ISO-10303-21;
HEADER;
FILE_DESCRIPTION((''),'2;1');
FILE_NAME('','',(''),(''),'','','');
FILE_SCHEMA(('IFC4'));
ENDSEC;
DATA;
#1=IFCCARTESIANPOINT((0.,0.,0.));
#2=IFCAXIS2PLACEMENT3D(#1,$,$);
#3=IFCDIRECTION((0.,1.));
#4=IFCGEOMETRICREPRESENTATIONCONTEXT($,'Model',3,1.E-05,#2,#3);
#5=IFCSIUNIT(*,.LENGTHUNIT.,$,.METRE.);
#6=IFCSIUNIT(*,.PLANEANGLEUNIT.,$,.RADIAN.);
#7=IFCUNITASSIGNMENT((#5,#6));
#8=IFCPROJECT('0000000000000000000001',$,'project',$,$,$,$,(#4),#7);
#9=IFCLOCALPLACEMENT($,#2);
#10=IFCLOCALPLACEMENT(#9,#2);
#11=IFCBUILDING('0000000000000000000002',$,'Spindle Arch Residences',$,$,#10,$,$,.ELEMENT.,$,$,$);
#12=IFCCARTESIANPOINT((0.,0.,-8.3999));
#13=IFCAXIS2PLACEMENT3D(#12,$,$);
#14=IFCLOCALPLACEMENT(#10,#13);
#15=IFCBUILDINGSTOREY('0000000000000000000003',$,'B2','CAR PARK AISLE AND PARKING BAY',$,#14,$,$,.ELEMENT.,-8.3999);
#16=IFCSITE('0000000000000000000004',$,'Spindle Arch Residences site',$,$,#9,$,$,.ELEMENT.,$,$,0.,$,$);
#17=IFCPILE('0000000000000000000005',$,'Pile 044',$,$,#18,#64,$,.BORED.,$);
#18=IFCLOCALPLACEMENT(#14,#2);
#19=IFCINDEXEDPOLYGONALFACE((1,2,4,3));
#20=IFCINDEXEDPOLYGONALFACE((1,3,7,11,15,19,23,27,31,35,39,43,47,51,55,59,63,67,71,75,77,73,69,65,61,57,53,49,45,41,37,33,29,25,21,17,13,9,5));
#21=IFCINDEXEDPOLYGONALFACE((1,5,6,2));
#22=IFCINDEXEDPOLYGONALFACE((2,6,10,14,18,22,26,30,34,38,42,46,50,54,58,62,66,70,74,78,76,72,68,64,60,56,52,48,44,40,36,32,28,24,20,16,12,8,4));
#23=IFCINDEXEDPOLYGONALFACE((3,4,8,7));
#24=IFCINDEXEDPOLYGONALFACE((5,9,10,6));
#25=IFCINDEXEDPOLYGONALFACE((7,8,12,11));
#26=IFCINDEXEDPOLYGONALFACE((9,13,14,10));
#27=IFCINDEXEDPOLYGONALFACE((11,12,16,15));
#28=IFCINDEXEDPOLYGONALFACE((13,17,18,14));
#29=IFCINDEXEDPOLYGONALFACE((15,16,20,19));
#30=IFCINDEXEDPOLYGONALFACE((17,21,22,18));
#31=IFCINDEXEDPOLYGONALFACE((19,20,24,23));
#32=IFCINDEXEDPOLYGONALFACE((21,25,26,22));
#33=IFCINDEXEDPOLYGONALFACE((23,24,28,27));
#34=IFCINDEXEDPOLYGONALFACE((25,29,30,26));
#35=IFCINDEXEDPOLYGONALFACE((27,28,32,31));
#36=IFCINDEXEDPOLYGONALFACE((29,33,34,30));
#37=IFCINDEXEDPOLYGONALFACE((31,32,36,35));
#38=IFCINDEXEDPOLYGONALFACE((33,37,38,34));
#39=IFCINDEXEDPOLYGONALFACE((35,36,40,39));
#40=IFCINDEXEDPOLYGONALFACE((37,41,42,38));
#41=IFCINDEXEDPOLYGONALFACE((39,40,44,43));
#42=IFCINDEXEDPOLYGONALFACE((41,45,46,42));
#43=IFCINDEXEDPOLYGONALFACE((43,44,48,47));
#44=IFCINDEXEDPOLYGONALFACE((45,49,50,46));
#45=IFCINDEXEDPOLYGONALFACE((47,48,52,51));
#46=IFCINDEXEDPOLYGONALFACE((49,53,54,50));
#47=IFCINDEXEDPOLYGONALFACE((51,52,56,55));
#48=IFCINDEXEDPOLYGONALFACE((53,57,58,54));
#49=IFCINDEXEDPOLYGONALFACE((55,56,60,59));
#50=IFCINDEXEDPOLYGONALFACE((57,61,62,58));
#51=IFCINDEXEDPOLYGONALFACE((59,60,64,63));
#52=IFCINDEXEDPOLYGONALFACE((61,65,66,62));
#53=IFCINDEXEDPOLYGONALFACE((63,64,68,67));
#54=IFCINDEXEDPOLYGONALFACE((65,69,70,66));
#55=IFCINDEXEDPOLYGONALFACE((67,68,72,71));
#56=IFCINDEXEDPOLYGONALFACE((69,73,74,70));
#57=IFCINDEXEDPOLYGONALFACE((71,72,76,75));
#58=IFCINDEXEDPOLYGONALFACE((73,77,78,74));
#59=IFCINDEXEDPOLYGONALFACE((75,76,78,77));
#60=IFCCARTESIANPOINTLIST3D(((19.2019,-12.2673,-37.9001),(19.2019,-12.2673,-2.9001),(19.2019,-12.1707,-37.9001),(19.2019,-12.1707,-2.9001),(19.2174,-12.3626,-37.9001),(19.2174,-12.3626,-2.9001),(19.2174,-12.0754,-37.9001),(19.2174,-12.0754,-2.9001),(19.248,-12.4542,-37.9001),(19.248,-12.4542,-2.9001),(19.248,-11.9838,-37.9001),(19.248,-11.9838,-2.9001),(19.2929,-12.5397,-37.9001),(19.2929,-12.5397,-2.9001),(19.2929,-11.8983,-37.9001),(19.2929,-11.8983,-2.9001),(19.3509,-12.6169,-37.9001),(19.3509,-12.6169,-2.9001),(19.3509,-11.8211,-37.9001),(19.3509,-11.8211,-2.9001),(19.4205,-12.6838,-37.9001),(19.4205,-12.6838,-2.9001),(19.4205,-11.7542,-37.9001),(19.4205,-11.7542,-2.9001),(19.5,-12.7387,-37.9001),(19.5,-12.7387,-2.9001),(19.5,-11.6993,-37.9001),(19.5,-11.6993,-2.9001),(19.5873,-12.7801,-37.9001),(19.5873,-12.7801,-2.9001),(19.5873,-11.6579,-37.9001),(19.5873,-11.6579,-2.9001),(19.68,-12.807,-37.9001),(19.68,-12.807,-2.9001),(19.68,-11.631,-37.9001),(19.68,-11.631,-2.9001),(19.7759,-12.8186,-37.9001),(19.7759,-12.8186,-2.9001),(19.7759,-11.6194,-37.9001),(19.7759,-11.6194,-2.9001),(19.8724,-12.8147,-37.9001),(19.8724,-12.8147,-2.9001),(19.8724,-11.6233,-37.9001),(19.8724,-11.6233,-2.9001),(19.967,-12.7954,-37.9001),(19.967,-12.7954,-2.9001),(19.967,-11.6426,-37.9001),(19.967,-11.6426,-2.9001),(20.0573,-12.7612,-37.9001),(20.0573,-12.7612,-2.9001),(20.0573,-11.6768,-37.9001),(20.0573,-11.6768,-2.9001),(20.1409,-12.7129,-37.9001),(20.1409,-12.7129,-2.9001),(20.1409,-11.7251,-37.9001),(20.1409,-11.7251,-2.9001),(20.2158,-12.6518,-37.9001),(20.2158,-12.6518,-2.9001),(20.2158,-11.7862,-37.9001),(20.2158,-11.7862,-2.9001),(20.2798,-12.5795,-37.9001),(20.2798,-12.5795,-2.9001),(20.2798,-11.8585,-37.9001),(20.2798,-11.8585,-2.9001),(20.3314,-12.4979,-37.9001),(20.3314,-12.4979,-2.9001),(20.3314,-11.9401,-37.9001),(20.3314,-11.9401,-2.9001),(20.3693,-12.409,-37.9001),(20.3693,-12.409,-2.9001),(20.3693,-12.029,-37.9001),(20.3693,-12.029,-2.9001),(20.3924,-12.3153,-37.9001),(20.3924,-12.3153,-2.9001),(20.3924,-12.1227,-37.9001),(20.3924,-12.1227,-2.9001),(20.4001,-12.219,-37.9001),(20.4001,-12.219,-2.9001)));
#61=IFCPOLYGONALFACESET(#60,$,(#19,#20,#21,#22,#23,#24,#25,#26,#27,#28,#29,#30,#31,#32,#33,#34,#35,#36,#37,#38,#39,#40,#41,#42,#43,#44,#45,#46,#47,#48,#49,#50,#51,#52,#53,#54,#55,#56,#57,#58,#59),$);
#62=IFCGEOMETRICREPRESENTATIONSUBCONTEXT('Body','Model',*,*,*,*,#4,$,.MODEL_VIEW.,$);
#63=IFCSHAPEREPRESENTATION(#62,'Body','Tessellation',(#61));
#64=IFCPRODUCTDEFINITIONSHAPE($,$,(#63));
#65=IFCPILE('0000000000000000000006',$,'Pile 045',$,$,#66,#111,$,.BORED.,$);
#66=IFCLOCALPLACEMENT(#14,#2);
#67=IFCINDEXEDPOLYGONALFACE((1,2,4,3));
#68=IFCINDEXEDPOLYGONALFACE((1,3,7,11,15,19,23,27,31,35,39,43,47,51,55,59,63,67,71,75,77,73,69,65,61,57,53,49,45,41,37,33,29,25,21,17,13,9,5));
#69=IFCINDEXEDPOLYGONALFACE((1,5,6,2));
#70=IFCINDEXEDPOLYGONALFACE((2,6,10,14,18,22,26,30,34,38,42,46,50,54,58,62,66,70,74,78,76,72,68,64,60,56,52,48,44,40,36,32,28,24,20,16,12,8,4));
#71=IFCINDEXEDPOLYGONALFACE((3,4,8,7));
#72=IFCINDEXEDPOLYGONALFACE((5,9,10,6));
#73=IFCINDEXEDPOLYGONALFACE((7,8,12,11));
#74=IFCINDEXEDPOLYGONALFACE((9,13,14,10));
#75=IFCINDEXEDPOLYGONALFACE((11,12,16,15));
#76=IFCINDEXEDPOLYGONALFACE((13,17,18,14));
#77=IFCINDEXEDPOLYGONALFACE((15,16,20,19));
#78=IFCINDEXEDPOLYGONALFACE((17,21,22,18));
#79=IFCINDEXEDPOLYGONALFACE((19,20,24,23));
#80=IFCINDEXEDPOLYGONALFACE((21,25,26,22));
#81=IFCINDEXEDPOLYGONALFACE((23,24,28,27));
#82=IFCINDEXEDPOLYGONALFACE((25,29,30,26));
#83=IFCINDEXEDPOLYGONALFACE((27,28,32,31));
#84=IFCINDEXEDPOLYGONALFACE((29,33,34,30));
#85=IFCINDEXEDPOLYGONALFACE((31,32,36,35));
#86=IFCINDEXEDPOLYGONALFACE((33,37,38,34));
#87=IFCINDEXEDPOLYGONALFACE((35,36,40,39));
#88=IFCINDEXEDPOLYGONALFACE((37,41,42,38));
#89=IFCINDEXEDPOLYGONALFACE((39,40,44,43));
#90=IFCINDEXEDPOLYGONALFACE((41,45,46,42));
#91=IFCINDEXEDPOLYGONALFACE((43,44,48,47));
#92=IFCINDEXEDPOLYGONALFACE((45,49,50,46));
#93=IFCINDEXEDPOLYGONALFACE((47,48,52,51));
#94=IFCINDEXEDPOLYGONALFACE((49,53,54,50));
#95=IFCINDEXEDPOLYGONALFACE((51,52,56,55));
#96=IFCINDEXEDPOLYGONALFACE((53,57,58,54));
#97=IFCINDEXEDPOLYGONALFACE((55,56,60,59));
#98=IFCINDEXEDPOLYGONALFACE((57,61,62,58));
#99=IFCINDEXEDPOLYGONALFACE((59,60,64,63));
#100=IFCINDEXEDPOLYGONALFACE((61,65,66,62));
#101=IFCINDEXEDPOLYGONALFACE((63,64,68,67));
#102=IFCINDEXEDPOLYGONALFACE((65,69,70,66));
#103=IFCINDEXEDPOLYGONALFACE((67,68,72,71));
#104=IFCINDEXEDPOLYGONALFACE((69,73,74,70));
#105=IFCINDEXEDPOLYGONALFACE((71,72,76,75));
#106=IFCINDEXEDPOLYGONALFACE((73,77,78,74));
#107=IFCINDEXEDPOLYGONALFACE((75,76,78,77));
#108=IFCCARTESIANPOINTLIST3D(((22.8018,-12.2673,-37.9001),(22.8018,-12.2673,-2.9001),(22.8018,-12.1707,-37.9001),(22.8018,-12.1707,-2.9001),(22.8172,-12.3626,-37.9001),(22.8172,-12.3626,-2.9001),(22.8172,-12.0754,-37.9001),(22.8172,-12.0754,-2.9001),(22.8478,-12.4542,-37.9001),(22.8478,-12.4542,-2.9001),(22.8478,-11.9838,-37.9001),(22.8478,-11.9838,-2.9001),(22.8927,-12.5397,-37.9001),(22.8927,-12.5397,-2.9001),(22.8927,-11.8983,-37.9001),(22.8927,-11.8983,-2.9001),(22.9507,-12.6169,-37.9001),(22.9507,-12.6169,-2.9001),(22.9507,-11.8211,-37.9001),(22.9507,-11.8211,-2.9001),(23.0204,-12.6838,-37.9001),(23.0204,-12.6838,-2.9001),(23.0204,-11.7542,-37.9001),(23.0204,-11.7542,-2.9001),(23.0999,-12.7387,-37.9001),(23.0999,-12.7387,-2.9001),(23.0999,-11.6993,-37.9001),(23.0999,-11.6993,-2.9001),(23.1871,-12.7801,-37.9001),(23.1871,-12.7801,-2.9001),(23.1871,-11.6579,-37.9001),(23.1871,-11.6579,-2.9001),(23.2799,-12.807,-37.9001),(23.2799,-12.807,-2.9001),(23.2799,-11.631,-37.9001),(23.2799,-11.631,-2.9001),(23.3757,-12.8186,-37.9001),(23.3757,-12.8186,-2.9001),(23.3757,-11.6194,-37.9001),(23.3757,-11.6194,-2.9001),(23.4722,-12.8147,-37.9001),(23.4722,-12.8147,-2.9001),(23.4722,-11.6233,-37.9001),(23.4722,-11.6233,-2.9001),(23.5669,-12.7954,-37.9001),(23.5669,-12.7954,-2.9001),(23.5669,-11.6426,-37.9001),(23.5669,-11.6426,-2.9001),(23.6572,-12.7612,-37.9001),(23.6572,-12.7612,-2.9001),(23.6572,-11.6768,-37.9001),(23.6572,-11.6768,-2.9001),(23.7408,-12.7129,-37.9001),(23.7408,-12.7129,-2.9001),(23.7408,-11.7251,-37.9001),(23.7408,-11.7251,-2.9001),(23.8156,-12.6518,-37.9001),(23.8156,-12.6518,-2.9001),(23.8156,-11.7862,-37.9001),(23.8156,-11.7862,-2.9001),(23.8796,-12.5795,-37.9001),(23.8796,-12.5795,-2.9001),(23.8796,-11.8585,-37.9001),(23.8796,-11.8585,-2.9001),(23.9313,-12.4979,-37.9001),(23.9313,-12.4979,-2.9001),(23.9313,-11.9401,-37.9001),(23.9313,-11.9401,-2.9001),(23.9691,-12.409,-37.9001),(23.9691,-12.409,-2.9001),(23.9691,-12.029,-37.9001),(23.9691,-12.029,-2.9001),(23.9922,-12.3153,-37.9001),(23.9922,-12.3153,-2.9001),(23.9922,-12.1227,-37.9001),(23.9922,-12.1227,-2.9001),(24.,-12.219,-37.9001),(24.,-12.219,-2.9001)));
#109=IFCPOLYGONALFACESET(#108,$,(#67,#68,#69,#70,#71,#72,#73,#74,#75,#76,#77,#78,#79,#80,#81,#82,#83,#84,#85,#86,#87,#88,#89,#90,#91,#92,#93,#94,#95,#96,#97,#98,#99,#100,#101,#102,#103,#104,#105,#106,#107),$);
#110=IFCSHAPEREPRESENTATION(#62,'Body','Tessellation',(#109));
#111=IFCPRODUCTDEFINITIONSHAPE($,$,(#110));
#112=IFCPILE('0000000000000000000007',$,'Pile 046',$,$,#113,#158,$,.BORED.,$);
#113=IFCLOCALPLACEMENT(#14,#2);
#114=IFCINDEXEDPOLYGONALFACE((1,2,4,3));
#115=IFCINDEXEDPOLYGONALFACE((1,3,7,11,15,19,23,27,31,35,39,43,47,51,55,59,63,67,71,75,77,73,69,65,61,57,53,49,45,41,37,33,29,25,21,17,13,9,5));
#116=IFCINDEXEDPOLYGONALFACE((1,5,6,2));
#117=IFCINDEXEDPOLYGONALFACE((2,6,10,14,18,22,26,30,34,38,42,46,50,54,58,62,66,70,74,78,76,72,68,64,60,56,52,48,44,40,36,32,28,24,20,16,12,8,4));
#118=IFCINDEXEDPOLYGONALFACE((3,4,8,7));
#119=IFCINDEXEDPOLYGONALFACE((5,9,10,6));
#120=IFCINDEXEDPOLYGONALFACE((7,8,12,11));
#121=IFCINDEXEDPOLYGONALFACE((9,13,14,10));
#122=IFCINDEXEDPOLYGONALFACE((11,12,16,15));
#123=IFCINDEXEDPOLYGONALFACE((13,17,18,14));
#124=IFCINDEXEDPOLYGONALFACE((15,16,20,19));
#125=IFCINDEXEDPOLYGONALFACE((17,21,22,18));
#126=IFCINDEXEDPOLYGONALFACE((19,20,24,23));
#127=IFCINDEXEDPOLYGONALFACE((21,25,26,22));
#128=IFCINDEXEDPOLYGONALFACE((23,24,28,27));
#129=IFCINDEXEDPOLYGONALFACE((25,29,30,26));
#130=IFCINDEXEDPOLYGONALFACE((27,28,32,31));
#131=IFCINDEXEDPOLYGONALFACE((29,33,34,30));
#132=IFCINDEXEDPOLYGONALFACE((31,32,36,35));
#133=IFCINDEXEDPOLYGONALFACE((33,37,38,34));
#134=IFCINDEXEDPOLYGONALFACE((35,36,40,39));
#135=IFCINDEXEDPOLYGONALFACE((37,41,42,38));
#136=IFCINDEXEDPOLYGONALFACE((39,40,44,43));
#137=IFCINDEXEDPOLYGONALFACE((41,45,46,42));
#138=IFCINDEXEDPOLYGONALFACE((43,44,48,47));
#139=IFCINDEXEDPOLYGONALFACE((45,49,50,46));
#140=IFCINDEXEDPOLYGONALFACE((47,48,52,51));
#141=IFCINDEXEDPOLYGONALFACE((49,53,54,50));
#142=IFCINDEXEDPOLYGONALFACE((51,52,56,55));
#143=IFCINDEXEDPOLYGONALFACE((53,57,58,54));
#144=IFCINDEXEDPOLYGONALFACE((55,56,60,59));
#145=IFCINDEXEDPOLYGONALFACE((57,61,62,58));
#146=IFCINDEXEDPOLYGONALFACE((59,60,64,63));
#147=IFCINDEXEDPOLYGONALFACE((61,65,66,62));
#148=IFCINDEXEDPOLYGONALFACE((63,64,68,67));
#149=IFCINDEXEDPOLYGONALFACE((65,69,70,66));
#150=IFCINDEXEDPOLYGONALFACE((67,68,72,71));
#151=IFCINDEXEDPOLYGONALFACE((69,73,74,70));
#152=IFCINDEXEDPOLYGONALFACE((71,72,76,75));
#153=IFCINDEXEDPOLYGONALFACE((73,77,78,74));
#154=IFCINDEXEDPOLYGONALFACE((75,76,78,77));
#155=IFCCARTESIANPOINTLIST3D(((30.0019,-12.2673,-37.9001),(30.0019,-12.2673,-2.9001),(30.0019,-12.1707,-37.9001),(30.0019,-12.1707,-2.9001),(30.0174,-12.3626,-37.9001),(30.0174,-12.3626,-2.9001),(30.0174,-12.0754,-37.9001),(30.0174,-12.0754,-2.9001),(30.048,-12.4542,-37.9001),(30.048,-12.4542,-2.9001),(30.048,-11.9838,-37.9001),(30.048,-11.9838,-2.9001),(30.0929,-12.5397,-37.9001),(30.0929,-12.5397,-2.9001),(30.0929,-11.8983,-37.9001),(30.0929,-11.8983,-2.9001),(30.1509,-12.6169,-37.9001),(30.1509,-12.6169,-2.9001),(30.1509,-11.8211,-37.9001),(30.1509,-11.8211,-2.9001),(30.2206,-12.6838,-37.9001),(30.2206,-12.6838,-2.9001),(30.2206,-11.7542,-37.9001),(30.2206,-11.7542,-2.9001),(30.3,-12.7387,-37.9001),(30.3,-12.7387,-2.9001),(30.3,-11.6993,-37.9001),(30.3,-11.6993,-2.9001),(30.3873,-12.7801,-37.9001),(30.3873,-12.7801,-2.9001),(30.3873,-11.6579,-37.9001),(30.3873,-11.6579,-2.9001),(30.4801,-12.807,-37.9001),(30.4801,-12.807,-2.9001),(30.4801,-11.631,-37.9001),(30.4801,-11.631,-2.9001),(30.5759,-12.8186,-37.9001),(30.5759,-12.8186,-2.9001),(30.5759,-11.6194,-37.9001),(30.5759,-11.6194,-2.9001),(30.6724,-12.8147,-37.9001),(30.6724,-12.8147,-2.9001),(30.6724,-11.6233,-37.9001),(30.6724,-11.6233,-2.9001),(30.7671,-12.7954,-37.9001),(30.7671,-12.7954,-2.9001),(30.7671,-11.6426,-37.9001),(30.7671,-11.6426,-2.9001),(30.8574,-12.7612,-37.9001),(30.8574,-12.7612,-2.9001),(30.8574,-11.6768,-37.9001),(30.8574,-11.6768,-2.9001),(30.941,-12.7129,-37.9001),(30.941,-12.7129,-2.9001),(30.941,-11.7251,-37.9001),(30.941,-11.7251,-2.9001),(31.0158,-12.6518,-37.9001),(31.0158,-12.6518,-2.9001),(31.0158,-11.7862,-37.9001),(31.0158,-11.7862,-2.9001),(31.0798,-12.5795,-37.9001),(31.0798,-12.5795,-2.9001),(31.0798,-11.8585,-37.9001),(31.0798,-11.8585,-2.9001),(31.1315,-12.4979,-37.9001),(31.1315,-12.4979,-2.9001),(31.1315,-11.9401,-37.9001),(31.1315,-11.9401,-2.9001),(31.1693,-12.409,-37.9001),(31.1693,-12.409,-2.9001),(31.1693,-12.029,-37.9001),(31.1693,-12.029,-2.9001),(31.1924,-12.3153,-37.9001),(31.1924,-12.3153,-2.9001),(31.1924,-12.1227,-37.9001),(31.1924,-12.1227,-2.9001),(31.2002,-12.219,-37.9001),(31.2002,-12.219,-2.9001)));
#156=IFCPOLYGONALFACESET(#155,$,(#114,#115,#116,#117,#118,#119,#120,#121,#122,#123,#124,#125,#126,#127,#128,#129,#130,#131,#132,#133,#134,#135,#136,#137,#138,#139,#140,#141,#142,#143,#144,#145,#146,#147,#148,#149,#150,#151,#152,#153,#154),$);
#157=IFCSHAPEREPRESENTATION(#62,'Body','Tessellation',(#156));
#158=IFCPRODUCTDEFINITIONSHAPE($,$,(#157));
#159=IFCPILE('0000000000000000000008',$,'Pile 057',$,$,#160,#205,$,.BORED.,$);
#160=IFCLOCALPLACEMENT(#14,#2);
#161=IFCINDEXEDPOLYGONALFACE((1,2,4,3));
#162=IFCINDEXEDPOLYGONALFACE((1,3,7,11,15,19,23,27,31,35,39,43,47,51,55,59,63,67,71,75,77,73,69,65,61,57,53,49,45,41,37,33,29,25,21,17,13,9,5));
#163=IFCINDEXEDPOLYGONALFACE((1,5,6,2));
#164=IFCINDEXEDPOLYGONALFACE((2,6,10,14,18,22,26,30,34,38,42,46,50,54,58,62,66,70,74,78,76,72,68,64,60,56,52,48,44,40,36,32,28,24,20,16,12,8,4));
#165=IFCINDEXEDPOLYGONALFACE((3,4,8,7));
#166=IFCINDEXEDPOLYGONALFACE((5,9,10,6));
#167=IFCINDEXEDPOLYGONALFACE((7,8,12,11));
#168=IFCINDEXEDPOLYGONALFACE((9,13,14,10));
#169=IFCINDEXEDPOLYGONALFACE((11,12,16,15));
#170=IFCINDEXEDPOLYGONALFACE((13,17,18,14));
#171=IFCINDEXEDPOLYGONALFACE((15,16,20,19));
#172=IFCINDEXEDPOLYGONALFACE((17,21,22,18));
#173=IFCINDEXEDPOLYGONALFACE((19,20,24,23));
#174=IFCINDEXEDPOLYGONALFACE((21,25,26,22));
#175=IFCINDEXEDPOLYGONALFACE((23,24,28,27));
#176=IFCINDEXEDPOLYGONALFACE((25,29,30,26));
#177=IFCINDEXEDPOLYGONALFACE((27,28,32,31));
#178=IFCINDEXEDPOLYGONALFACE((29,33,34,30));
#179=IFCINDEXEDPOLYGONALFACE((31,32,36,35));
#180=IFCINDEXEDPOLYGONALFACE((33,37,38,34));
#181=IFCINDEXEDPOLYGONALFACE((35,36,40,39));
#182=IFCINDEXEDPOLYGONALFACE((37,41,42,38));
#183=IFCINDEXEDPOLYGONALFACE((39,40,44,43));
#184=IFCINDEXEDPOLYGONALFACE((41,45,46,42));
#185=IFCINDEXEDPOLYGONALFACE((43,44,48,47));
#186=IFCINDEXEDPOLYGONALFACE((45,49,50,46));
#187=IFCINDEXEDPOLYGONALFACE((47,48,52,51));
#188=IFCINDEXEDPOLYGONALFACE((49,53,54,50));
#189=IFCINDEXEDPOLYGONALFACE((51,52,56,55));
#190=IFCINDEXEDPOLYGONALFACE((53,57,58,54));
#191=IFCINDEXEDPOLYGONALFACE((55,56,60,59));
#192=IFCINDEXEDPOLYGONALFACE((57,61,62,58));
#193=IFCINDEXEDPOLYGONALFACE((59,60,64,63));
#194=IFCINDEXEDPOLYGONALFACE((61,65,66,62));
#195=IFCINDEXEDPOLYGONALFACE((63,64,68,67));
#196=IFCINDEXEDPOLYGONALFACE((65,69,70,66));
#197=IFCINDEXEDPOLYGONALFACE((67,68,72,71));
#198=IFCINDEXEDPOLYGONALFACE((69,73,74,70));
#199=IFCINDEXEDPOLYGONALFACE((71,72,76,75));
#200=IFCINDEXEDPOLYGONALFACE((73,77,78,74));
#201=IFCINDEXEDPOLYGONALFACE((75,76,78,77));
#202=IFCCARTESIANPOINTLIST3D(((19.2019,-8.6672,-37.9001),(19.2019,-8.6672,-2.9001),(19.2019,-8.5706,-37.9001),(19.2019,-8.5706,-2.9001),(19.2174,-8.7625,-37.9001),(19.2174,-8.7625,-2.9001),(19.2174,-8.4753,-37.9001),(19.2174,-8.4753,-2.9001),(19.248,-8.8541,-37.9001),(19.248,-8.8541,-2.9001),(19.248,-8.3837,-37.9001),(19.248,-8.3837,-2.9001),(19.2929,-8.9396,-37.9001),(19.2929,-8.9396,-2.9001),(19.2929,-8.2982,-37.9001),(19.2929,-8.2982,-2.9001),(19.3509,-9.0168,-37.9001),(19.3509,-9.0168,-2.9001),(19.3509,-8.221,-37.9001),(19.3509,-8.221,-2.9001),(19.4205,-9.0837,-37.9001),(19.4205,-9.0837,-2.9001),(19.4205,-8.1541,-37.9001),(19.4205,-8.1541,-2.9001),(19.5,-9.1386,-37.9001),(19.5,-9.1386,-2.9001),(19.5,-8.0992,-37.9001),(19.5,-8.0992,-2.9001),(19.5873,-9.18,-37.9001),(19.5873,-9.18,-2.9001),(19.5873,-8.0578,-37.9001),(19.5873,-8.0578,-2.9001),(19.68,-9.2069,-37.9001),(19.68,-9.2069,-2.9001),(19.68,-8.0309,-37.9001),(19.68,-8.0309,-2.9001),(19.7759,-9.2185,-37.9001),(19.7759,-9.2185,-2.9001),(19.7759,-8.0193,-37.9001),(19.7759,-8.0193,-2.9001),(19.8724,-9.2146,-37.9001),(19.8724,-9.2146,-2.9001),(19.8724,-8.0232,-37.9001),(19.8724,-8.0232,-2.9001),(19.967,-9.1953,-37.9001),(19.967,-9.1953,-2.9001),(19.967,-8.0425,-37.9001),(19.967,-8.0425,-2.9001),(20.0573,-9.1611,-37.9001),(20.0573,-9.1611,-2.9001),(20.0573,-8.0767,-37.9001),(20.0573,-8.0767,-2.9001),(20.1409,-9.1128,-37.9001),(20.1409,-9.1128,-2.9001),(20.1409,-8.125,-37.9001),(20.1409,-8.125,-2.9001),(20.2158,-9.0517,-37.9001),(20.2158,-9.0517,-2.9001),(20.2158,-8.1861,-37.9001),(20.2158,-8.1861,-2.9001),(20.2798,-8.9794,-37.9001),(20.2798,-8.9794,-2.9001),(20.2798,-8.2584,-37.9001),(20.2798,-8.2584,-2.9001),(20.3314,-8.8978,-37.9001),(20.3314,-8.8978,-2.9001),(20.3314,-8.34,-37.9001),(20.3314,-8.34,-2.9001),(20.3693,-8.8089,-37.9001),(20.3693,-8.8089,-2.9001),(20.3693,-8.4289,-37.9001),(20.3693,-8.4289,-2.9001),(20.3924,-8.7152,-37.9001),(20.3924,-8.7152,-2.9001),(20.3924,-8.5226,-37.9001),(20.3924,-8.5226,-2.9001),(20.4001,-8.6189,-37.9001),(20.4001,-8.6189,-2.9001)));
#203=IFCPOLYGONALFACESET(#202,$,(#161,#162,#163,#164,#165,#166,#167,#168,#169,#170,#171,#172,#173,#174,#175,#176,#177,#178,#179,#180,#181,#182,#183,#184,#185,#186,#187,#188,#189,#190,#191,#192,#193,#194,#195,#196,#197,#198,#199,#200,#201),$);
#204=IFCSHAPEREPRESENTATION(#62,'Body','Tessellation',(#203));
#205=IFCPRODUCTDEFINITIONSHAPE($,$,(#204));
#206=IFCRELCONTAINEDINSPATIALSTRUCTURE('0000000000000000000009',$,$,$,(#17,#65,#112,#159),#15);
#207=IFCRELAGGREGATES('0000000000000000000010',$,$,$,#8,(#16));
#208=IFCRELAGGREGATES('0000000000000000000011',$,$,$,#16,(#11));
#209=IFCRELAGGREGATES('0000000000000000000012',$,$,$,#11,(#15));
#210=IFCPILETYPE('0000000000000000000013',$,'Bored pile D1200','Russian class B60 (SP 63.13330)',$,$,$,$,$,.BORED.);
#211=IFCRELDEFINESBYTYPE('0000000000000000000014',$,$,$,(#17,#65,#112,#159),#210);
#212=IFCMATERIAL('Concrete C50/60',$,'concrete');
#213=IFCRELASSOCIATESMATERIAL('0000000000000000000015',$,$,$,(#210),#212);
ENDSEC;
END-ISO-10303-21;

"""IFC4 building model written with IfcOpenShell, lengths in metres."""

from ifc_helpers import new_model, si_unit, direction, frame, origin, origin_2d, place, context, subcontext, project, spatial, circle, extrude, material, material_profile, profile_set, type_object, element, save


model = new_model("IFC4")

# Units and contexts
model_context = context("Model", 3, precision=1e-05, world=origin(), true_north=direction((0.0, 1.0)))
body_context = subcontext(model_context, "Body", "Model", "MODEL_VIEW")
ifc_project = project(units=[si_unit("LENGTHUNIT", "METRE"), si_unit("PLANEANGLEUNIT", "RADIAN")], contexts=[model_context])

# Site, building, storey
site_placement = place(None, origin())
site = spatial("IfcSite", under=ifc_project, at=site_placement, Name="Spindle Arch Residences site", CompositionType="ELEMENT", RefElevation=0.0)
building_placement = place(site_placement, origin())
building = spatial("IfcBuilding", under=site, at=building_placement, Name="Spindle Arch Residences", CompositionType="ELEMENT")
storey_placement = place(building_placement, frame((0.0, 0.0, -8.3999)))
storey = spatial("IfcBuildingStorey", under=building, at=storey_placement, Name="B2", Description="CAR PARK AISLE AND PARKING BAY", CompositionType="ELEMENT", Elevation=-8.3999)

# Piles
ifc_material_1 = material(Name="Concrete C50/60", Category="concrete")
ifc_material_profile_1 = material_profile(ifc_material_1, circle(Radius=0.6001, at=origin_2d()), Name="BP D1200")
ifc_profile_set_1 = profile_set([ifc_material_profile_1], Name="Concrete C50/60")
pile_type = type_object("IfcPileType", Name="Bored pile D1200", Description="Russian class B60 (SP 63.13330)", PredefinedType="BORED", material=ifc_profile_set_1)
for number, where, z_axis, x_axis, name in (
    (1, (19.8, -12.219, -2.9001), (0.0, 0.0, -1.0), (1.0, 0.0, 0.0), "Pile 044"),
    (2, (23.3999, -12.219, -2.9001), (0.0, 0.0, -1.0), (1.0, 0.0, 0.0), "Pile 045"),
    (3, (30.6001, -12.219, -2.9001), (0.0, 0.0, -1.0), (1.0, 0.0, 0.0), "Pile 046"),
    (4, (19.8, -8.6189, -2.9001), (0.0, 0.0, -1.0), (1.0, 0.0, 0.0), "Pile 057"),
):
    element("IfcPile", number, at=place(storey_placement, frame(where, z_axis=z_axis, x_axis=x_axis)), inside=storey, type_object=pile_type, Name=name, PredefinedType="BORED", context=body_context, shape_type="SweptSolid", body=[
        extrude(circle(Radius=0.6001, at=origin_2d()), origin(), (0.0, 0.0, 1.0), 35.0),
    ])

save(model, "model.ifc")
